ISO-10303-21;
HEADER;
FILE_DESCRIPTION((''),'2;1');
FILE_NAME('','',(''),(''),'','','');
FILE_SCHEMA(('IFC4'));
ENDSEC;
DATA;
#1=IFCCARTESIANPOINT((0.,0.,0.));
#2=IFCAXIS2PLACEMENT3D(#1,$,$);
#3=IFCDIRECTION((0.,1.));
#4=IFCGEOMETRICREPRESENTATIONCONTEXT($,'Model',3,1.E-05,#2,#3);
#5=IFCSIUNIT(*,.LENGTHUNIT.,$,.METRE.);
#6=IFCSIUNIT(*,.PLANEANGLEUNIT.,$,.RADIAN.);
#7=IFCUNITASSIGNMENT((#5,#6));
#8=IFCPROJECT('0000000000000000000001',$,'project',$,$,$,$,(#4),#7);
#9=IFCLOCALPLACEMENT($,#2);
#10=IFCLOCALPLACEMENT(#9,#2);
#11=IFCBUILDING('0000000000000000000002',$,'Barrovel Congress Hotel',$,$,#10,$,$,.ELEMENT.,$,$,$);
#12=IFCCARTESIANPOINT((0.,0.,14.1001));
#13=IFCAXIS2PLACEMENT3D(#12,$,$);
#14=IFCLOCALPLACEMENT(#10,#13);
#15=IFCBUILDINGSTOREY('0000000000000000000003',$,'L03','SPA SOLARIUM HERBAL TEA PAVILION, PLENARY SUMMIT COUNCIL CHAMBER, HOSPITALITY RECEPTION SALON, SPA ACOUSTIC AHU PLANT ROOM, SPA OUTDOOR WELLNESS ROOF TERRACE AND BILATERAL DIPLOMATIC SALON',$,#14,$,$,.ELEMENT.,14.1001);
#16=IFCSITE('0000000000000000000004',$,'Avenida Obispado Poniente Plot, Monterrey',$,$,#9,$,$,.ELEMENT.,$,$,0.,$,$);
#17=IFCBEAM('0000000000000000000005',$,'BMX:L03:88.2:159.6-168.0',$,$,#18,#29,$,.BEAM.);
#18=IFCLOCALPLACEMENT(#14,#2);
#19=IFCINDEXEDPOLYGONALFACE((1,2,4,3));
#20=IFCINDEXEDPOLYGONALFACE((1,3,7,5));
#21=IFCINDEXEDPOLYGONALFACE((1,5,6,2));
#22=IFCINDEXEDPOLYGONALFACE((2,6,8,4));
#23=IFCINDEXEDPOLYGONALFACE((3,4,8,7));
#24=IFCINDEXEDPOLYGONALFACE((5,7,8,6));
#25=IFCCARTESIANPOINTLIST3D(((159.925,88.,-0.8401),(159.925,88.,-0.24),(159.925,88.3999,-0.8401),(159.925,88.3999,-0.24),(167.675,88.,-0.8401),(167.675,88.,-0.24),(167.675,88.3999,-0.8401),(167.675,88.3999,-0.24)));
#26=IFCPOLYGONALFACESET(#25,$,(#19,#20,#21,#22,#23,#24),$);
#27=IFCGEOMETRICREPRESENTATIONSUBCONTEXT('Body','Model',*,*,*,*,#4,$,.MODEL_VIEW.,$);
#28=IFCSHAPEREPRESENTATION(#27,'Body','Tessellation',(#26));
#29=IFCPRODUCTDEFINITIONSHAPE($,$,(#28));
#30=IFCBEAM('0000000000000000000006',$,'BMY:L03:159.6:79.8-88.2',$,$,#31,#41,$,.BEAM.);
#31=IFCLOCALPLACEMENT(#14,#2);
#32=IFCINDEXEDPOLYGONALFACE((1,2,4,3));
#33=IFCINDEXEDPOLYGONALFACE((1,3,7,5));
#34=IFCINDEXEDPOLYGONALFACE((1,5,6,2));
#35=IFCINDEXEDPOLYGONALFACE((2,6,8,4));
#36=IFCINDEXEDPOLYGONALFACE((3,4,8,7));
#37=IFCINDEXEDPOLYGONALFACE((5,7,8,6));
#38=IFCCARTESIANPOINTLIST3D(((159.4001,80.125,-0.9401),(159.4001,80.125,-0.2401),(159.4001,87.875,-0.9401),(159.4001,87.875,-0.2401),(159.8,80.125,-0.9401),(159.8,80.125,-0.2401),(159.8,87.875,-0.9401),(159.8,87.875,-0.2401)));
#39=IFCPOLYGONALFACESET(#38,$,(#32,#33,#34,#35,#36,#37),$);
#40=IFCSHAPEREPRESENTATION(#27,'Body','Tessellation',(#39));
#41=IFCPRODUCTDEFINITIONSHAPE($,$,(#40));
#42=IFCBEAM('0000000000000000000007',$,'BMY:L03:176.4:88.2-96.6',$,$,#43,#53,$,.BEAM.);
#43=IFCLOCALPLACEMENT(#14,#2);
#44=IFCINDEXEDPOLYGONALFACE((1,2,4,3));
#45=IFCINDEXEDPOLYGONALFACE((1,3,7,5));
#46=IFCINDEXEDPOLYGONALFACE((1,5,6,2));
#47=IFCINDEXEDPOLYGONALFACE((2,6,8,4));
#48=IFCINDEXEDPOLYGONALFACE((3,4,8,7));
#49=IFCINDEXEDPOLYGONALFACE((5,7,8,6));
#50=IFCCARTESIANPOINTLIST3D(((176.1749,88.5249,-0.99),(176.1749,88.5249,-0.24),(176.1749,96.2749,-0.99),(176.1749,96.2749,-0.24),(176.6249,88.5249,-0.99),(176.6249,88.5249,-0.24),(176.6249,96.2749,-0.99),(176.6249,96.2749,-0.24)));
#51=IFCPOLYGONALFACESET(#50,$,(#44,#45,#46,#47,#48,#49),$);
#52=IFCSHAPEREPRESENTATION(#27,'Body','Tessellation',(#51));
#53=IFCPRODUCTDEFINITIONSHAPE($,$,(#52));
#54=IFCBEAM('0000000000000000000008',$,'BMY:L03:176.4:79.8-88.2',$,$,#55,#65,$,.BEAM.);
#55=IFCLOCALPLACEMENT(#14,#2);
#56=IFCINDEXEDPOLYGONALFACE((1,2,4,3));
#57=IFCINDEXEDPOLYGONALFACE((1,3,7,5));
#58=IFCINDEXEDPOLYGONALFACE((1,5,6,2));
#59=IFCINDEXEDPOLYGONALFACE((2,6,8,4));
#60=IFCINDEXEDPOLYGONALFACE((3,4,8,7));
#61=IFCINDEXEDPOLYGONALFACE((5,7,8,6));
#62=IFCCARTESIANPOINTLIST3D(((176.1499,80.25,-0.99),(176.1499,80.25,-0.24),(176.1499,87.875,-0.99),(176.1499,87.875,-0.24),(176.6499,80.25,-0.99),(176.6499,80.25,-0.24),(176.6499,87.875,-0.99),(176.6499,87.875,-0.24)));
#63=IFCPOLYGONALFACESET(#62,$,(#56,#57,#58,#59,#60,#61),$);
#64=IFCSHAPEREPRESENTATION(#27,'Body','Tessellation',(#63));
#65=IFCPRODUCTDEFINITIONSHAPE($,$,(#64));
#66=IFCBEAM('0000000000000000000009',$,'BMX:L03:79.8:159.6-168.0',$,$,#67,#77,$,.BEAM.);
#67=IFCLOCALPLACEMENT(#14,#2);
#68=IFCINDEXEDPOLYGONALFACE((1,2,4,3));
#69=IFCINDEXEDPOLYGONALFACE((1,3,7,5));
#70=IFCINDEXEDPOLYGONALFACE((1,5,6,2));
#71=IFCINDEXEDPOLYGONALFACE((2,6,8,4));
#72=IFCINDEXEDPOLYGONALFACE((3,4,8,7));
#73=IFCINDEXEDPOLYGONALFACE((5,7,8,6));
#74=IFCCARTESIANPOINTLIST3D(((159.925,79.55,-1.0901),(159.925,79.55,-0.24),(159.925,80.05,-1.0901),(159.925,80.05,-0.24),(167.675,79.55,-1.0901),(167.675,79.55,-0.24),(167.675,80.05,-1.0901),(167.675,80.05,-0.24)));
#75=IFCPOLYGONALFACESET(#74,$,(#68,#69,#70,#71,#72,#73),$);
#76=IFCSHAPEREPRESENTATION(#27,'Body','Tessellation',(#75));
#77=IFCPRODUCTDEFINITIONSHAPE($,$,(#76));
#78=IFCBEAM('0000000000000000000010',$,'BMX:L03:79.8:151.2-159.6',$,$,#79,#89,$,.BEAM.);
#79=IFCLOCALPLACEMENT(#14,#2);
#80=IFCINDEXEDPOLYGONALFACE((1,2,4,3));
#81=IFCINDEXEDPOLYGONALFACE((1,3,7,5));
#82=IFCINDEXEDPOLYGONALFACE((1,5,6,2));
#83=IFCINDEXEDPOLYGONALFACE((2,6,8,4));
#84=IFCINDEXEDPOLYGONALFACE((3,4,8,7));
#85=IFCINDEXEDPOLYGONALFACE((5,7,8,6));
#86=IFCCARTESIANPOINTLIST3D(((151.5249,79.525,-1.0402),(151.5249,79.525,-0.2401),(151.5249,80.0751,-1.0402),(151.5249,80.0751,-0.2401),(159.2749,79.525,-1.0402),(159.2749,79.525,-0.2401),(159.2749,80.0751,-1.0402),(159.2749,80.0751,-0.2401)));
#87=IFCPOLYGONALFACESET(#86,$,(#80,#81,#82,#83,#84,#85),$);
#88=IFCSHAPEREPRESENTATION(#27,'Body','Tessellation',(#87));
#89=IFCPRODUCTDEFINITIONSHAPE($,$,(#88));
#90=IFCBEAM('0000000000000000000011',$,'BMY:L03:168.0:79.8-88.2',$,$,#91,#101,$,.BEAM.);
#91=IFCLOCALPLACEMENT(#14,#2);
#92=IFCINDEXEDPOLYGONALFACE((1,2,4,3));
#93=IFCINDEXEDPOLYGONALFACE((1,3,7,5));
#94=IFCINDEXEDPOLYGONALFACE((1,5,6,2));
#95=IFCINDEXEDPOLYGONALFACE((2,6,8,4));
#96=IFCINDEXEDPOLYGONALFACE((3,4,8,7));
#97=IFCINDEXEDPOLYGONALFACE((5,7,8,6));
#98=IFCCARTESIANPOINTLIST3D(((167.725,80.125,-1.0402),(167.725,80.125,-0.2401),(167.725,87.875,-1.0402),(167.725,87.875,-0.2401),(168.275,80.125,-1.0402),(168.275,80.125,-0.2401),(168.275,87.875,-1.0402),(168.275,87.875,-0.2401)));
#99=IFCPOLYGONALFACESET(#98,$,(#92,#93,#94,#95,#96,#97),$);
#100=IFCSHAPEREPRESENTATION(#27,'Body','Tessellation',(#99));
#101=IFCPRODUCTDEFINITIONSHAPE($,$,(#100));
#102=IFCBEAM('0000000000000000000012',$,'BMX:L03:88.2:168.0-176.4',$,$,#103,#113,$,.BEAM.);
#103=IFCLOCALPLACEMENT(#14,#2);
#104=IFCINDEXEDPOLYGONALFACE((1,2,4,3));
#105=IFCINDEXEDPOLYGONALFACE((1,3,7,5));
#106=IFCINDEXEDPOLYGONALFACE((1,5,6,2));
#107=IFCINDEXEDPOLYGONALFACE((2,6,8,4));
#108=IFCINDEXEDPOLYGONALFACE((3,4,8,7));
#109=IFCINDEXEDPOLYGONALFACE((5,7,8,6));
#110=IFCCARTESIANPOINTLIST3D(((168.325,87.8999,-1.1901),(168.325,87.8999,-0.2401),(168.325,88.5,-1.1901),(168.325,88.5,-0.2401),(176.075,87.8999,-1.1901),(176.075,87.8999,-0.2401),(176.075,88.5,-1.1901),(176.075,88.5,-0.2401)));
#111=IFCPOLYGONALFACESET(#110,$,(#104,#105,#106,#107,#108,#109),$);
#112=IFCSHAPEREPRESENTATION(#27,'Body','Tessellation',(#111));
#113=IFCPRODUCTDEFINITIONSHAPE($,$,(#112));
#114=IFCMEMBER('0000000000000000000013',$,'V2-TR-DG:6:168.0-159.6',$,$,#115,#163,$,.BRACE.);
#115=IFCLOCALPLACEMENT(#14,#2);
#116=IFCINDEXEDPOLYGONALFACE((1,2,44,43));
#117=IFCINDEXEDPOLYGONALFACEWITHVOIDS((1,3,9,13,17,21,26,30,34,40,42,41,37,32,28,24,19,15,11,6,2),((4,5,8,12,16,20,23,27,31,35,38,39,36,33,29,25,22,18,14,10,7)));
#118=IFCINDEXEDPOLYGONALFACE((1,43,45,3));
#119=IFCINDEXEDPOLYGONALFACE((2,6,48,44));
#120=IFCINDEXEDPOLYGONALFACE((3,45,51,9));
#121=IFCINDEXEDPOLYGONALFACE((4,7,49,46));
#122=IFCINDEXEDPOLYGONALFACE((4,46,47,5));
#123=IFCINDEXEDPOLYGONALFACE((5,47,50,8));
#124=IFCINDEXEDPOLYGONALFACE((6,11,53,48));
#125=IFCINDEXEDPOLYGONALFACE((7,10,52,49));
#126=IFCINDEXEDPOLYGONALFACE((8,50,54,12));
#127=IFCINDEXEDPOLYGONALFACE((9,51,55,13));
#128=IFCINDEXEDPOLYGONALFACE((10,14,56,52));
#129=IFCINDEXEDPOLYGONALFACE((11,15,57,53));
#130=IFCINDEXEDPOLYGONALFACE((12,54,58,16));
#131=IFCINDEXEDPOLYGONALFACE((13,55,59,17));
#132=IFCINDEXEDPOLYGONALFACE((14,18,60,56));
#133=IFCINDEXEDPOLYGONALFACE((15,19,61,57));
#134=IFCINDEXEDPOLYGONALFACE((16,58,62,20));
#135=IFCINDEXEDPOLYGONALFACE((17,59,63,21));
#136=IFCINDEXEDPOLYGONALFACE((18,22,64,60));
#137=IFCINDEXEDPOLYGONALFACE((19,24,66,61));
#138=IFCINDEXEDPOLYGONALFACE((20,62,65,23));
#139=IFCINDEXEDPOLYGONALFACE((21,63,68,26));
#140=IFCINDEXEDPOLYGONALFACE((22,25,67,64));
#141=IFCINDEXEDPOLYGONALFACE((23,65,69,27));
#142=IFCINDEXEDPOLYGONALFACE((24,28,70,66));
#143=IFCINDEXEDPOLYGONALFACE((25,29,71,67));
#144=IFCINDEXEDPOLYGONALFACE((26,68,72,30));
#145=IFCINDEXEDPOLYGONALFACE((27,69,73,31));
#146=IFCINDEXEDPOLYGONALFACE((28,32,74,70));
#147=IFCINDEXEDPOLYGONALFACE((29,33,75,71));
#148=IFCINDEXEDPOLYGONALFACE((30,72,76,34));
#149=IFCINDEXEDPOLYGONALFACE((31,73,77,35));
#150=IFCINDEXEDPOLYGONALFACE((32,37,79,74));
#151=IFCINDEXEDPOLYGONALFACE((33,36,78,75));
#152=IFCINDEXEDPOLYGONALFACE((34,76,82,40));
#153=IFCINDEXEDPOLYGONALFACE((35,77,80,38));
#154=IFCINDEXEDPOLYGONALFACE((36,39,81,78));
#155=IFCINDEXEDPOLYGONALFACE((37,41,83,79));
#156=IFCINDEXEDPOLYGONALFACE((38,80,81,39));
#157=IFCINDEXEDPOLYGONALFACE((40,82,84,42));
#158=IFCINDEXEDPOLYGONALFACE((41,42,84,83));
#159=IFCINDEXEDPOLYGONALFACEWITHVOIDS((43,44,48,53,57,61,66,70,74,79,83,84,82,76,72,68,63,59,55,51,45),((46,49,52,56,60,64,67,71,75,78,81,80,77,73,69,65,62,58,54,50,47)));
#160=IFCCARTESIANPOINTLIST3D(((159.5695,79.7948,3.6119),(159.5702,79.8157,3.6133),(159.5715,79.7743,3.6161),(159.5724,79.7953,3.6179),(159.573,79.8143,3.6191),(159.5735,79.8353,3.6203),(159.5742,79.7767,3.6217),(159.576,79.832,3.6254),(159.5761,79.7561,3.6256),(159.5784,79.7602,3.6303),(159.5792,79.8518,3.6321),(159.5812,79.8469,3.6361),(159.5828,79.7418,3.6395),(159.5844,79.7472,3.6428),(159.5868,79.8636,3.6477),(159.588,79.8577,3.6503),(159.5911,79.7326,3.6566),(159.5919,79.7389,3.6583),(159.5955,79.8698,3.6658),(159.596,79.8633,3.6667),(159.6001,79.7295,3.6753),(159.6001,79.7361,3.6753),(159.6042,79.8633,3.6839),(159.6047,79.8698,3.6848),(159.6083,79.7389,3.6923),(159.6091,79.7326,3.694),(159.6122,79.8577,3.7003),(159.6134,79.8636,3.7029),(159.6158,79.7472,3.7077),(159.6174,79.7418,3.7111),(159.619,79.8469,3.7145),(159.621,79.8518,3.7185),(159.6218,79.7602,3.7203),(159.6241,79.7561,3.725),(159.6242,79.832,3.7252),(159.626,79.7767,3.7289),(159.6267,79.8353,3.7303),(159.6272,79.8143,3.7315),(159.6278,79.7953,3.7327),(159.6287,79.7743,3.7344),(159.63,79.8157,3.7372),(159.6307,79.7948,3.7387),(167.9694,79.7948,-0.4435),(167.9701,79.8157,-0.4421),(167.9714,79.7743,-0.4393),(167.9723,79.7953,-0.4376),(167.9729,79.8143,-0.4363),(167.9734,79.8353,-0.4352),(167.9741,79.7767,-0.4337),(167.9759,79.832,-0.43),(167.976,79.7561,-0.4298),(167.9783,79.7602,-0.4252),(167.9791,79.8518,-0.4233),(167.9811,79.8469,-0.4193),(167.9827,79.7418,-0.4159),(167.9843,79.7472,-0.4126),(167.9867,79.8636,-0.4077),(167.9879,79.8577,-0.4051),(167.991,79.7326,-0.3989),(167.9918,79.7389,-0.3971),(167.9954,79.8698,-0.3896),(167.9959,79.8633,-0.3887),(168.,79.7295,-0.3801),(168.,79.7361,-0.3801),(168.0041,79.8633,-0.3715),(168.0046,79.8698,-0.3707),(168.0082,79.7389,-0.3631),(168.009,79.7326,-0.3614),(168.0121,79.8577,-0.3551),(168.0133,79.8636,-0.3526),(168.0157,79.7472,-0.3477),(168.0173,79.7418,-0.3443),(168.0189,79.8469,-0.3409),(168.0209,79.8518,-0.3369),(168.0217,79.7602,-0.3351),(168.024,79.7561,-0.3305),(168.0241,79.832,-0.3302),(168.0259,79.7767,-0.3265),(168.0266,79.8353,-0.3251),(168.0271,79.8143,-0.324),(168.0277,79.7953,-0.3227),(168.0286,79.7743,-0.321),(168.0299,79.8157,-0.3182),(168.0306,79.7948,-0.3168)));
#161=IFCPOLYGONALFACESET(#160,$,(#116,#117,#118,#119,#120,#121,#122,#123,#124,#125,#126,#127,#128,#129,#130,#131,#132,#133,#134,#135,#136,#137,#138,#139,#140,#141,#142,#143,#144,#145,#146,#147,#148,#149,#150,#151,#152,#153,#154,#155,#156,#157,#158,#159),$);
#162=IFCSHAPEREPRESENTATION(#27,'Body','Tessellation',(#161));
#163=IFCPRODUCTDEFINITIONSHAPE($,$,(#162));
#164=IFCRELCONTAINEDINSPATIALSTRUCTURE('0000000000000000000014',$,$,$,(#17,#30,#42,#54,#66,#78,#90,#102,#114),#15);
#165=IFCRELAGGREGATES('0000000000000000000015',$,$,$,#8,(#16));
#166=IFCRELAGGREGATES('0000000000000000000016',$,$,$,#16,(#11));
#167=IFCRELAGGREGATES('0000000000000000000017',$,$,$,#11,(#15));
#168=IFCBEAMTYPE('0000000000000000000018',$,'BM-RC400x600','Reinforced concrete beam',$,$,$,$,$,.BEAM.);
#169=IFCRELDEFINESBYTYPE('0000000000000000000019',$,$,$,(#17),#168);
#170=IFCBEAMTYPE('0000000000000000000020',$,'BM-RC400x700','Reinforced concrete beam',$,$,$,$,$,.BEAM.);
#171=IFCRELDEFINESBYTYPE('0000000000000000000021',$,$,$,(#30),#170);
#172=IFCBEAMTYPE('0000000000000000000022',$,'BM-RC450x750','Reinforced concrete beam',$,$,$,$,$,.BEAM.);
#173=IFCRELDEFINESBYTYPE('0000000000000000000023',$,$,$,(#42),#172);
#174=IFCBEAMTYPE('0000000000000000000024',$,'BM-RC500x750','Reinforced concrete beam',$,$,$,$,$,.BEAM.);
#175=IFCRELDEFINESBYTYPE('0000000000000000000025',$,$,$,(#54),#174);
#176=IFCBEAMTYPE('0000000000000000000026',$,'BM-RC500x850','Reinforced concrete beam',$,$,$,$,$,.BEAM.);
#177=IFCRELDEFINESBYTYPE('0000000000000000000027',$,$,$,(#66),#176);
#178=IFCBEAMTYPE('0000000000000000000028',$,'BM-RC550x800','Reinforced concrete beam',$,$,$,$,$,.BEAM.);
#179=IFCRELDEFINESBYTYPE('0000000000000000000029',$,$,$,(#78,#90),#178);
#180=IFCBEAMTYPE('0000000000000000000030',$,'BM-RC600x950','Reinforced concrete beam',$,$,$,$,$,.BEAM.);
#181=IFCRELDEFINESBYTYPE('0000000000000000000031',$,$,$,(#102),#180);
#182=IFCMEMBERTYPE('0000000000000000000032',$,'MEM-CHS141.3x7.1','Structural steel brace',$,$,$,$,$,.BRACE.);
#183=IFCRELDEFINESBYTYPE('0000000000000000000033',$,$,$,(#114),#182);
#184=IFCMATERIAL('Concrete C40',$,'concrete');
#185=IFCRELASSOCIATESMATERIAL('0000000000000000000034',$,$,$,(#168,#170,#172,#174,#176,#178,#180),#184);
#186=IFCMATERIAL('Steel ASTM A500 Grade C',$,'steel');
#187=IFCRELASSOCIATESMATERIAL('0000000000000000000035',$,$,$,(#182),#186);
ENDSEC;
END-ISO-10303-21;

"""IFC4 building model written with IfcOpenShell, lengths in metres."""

from ifc_helpers import new_model, si_unit, direction, frame, origin, origin_2d, place, context, subcontext, project, spatial, rectangle, hollow_circle, extrude, material, material_profile, profile_set, type_object, element, save


model = new_model("IFC4")

# Units and contexts
model_context = context("Model", 3, precision=1e-05, world=origin(), true_north=direction((0.0, 1.0)))
body_context = subcontext(model_context, "Body", "Model", "MODEL_VIEW")
ifc_project = project(units=[si_unit("LENGTHUNIT", "METRE"), si_unit("PLANEANGLEUNIT", "RADIAN")], contexts=[model_context])

# Site, building, storey
site_placement = place(None, origin())
site = spatial("IfcSite", under=ifc_project, at=site_placement, Name="Avenida Obispado Poniente Plot, Monterrey", CompositionType="ELEMENT", RefElevation=0.0)
building_placement = place(site_placement, origin())
building = spatial("IfcBuilding", under=site, at=building_placement, Name="Barrovel Congress Hotel", CompositionType="ELEMENT")
storey_placement = place(building_placement, frame((0.0, 0.0, 14.1001)))
storey = spatial("IfcBuildingStorey", under=building, at=storey_placement, Name="L03", Description="SPA SOLARIUM HERBAL TEA PAVILION, PLENARY SUMMIT COUNCIL CHAMBER, HOSPITALITY RECEPTION SALON, SPA ACOUSTIC AHU PLANT ROOM, SPA OUTDOOR WELLNESS ROOF TERRACE AND BILATERAL DIPLOMATIC SALON", CompositionType="ELEMENT", Elevation=14.1001)

# Shared definitions
ifc_material_1 = material(Name="Concrete C40", Category="concrete")
ifc_material_2 = material(Name="Steel ASTM A500 Grade C", Category="steel")

# Beams
ifc_material_profile_1 = material_profile(ifc_material_1, rectangle(XDim=0.3999, YDim=0.6001, at=origin_2d()), Name="RC400x600")
ifc_profile_set_1 = profile_set([ifc_material_profile_1], Name="Concrete C40")
beam_type_1 = type_object("IfcBeamType", Name="BM-RC400x600", Description="Reinforced concrete beam", PredefinedType="BEAM", material=ifc_profile_set_1)
beam_1_placement = place(storey_placement, frame((159.925, 88.2, -0.54), z_axis=(1.0, 0.0, 0.0), x_axis=(0.0, 1.0, 0.0)))
element("IfcBeam", 1, at=beam_1_placement, inside=storey, type_object=beam_type_1, Name="BMX:L03:88.2:159.6-168.0", PredefinedType="BEAM", context=body_context, shape_type="SweptSolid", body=[
    extrude(rectangle(XDim=0.3999, YDim=0.6001, at=origin_2d()), origin(), (0.0, 0.0, 1.0), 7.75),
])
ifc_material_profile_2 = material_profile(ifc_material_1, rectangle(XDim=0.3999, YDim=0.7, at=origin_2d()), Name="RC400x700")
ifc_profile_set_2 = profile_set([ifc_material_profile_2], Name="Concrete C40")
beam_type_2 = type_object("IfcBeamType", Name="BM-RC400x700", Description="Reinforced concrete beam", PredefinedType="BEAM", material=ifc_profile_set_2)
beam_2_placement = place(storey_placement, frame((159.6001, 80.125, -0.5901), z_axis=(0.0, 1.0, 0.0), x_axis=(-1.0, 0.0, 0.0)))
element("IfcBeam", 2, at=beam_2_placement, inside=storey, type_object=beam_type_2, Name="BMY:L03:159.6:79.8-88.2", PredefinedType="BEAM", context=body_context, shape_type="SweptSolid", body=[
    extrude(rectangle(XDim=0.3999, YDim=0.7, at=origin_2d()), origin(), (0.0, 0.0, 1.0), 7.75),
])
ifc_material_profile_3 = material_profile(ifc_material_1, rectangle(XDim=0.45, YDim=0.75, at=origin_2d()), Name="RC450x750")
ifc_profile_set_3 = profile_set([ifc_material_profile_3], Name="Concrete C40")
beam_type_3 = type_object("IfcBeamType", Name="BM-RC450x750", Description="Reinforced concrete beam", PredefinedType="BEAM", material=ifc_profile_set_3)
beam_3_placement = place(storey_placement, frame((176.3999, 88.5249, -0.615), z_axis=(0.0, 1.0, 0.0), x_axis=(-1.0, 0.0, 0.0)))
element("IfcBeam", 3, at=beam_3_placement, inside=storey, type_object=beam_type_3, Name="BMY:L03:176.4:88.2-96.6", PredefinedType="BEAM", context=body_context, shape_type="SweptSolid", body=[
    extrude(rectangle(XDim=0.45, YDim=0.75, at=origin_2d()), origin(), (0.0, 0.0, 1.0), 7.75),
])
ifc_material_profile_4 = material_profile(ifc_material_1, rectangle(XDim=0.5, YDim=0.75, at=origin_2d()), Name="RC500x750")
ifc_profile_set_4 = profile_set([ifc_material_profile_4], Name="Concrete C40")
beam_type_4 = type_object("IfcBeamType", Name="BM-RC500x750", Description="Reinforced concrete beam", PredefinedType="BEAM", material=ifc_profile_set_4)
beam_4_placement = place(storey_placement, frame((176.3999, 80.25, -0.615), z_axis=(0.0, 1.0, 0.0), x_axis=(-1.0, 0.0, 0.0)))
element("IfcBeam", 4, at=beam_4_placement, inside=storey, type_object=beam_type_4, Name="BMY:L03:176.4:79.8-88.2", PredefinedType="BEAM", context=body_context, shape_type="SweptSolid", body=[
    extrude(rectangle(XDim=0.5, YDim=0.75, at=origin_2d()), origin(), (0.0, 0.0, 1.0), 7.625),
])
ifc_material_profile_5 = material_profile(ifc_material_1, rectangle(XDim=0.5, YDim=0.8501, at=origin_2d()), Name="RC500x850")
ifc_profile_set_5 = profile_set([ifc_material_profile_5], Name="Concrete C40")
beam_type_5 = type_object("IfcBeamType", Name="BM-RC500x850", Description="Reinforced concrete beam", PredefinedType="BEAM", material=ifc_profile_set_5)
beam_5_placement = place(storey_placement, frame((159.925, 79.8, -0.665), z_axis=(1.0, 0.0, 0.0), x_axis=(0.0, 1.0, 0.0)))
element("IfcBeam", 5, at=beam_5_placement, inside=storey, type_object=beam_type_5, Name="BMX:L03:79.8:159.6-168.0", PredefinedType="BEAM", context=body_context, shape_type="SweptSolid", body=[
    extrude(rectangle(XDim=0.5, YDim=0.8501, at=origin_2d()), origin(), (0.0, 0.0, 1.0), 7.75),
])
ifc_material_profile_6 = material_profile(ifc_material_1, rectangle(XDim=0.55, YDim=0.8, at=origin_2d()), Name="RC550x800")
ifc_profile_set_6 = profile_set([ifc_material_profile_6], Name="Concrete C40")
beam_type_6 = type_object("IfcBeamType", Name="BM-RC550x800", Description="Reinforced concrete beam", PredefinedType="BEAM", material=ifc_profile_set_6)
for number, where, z_axis, x_axis, name in (
    (6, (151.5249, 79.8, -0.6401), (1.0, 0.0, 0.0), (0.0, 1.0, 0.0), "BMX:L03:79.8:151.2-159.6"),
    (7, (168.0, 80.125, -0.6401), (0.0, 1.0, 0.0), (-1.0, 0.0, 0.0), "BMY:L03:168.0:79.8-88.2"),
):
    element("IfcBeam", number, at=place(storey_placement, frame(where, z_axis=z_axis, x_axis=x_axis)), inside=storey, type_object=beam_type_6, Name=name, PredefinedType="BEAM", context=body_context, shape_type="SweptSolid", body=[
        extrude(rectangle(XDim=0.55, YDim=0.8, at=origin_2d()), origin(), (0.0, 0.0, 1.0), 7.75),
    ])
ifc_material_profile_7 = material_profile(ifc_material_1, rectangle(XDim=0.6001, YDim=0.95, at=origin_2d()), Name="RC600x950")
ifc_profile_set_7 = profile_set([ifc_material_profile_7], Name="Concrete C40")
beam_type_7 = type_object("IfcBeamType", Name="BM-RC600x950", Description="Reinforced concrete beam", PredefinedType="BEAM", material=ifc_profile_set_7)
beam_6_placement = place(storey_placement, frame((168.325, 88.2, -0.7151), z_axis=(1.0, 0.0, 0.0), x_axis=(0.0, 1.0, 0.0)))
element("IfcBeam", 8, at=beam_6_placement, inside=storey, type_object=beam_type_7, Name="BMX:L03:88.2:168.0-176.4", PredefinedType="BEAM", context=body_context, shape_type="SweptSolid", body=[
    extrude(rectangle(XDim=0.6001, YDim=0.95, at=origin_2d()), origin(), (0.0, 0.0, 1.0), 7.75),
])

# Member
ifc_material_profile_8 = material_profile(ifc_material_2, hollow_circle(Radius=0.0706, WallThickness=0.0066, at=origin_2d()), Name="CHS141.3x7.1")
ifc_profile_set_8 = profile_set([ifc_material_profile_8], Name="Steel ASTM A500 Grade C")
member_type = type_object("IfcMemberType", Name="MEM-CHS141.3x7.1", Description="Structural steel brace", PredefinedType="BRACE", material=ifc_profile_set_8)
member_placement = place(storey_placement, frame((168.0, 79.8, -0.3801), z_axis=(-0.900539, 0.0, 0.434775), x_axis=(0.0, -1.0, 0.0)))
element("IfcMember", 9, at=member_placement, inside=storey, type_object=member_type, Name="V2-TR-DG:6:168.0-159.6", PredefinedType="BRACE", context=body_context, shape_type="SweptSolid", body=[
    extrude(hollow_circle(Radius=0.0706, WallThickness=0.0066, at=origin_2d()), origin(), (0.0, 0.0, 1.0), 9.3276),
])

save(model, "model.ifc")
